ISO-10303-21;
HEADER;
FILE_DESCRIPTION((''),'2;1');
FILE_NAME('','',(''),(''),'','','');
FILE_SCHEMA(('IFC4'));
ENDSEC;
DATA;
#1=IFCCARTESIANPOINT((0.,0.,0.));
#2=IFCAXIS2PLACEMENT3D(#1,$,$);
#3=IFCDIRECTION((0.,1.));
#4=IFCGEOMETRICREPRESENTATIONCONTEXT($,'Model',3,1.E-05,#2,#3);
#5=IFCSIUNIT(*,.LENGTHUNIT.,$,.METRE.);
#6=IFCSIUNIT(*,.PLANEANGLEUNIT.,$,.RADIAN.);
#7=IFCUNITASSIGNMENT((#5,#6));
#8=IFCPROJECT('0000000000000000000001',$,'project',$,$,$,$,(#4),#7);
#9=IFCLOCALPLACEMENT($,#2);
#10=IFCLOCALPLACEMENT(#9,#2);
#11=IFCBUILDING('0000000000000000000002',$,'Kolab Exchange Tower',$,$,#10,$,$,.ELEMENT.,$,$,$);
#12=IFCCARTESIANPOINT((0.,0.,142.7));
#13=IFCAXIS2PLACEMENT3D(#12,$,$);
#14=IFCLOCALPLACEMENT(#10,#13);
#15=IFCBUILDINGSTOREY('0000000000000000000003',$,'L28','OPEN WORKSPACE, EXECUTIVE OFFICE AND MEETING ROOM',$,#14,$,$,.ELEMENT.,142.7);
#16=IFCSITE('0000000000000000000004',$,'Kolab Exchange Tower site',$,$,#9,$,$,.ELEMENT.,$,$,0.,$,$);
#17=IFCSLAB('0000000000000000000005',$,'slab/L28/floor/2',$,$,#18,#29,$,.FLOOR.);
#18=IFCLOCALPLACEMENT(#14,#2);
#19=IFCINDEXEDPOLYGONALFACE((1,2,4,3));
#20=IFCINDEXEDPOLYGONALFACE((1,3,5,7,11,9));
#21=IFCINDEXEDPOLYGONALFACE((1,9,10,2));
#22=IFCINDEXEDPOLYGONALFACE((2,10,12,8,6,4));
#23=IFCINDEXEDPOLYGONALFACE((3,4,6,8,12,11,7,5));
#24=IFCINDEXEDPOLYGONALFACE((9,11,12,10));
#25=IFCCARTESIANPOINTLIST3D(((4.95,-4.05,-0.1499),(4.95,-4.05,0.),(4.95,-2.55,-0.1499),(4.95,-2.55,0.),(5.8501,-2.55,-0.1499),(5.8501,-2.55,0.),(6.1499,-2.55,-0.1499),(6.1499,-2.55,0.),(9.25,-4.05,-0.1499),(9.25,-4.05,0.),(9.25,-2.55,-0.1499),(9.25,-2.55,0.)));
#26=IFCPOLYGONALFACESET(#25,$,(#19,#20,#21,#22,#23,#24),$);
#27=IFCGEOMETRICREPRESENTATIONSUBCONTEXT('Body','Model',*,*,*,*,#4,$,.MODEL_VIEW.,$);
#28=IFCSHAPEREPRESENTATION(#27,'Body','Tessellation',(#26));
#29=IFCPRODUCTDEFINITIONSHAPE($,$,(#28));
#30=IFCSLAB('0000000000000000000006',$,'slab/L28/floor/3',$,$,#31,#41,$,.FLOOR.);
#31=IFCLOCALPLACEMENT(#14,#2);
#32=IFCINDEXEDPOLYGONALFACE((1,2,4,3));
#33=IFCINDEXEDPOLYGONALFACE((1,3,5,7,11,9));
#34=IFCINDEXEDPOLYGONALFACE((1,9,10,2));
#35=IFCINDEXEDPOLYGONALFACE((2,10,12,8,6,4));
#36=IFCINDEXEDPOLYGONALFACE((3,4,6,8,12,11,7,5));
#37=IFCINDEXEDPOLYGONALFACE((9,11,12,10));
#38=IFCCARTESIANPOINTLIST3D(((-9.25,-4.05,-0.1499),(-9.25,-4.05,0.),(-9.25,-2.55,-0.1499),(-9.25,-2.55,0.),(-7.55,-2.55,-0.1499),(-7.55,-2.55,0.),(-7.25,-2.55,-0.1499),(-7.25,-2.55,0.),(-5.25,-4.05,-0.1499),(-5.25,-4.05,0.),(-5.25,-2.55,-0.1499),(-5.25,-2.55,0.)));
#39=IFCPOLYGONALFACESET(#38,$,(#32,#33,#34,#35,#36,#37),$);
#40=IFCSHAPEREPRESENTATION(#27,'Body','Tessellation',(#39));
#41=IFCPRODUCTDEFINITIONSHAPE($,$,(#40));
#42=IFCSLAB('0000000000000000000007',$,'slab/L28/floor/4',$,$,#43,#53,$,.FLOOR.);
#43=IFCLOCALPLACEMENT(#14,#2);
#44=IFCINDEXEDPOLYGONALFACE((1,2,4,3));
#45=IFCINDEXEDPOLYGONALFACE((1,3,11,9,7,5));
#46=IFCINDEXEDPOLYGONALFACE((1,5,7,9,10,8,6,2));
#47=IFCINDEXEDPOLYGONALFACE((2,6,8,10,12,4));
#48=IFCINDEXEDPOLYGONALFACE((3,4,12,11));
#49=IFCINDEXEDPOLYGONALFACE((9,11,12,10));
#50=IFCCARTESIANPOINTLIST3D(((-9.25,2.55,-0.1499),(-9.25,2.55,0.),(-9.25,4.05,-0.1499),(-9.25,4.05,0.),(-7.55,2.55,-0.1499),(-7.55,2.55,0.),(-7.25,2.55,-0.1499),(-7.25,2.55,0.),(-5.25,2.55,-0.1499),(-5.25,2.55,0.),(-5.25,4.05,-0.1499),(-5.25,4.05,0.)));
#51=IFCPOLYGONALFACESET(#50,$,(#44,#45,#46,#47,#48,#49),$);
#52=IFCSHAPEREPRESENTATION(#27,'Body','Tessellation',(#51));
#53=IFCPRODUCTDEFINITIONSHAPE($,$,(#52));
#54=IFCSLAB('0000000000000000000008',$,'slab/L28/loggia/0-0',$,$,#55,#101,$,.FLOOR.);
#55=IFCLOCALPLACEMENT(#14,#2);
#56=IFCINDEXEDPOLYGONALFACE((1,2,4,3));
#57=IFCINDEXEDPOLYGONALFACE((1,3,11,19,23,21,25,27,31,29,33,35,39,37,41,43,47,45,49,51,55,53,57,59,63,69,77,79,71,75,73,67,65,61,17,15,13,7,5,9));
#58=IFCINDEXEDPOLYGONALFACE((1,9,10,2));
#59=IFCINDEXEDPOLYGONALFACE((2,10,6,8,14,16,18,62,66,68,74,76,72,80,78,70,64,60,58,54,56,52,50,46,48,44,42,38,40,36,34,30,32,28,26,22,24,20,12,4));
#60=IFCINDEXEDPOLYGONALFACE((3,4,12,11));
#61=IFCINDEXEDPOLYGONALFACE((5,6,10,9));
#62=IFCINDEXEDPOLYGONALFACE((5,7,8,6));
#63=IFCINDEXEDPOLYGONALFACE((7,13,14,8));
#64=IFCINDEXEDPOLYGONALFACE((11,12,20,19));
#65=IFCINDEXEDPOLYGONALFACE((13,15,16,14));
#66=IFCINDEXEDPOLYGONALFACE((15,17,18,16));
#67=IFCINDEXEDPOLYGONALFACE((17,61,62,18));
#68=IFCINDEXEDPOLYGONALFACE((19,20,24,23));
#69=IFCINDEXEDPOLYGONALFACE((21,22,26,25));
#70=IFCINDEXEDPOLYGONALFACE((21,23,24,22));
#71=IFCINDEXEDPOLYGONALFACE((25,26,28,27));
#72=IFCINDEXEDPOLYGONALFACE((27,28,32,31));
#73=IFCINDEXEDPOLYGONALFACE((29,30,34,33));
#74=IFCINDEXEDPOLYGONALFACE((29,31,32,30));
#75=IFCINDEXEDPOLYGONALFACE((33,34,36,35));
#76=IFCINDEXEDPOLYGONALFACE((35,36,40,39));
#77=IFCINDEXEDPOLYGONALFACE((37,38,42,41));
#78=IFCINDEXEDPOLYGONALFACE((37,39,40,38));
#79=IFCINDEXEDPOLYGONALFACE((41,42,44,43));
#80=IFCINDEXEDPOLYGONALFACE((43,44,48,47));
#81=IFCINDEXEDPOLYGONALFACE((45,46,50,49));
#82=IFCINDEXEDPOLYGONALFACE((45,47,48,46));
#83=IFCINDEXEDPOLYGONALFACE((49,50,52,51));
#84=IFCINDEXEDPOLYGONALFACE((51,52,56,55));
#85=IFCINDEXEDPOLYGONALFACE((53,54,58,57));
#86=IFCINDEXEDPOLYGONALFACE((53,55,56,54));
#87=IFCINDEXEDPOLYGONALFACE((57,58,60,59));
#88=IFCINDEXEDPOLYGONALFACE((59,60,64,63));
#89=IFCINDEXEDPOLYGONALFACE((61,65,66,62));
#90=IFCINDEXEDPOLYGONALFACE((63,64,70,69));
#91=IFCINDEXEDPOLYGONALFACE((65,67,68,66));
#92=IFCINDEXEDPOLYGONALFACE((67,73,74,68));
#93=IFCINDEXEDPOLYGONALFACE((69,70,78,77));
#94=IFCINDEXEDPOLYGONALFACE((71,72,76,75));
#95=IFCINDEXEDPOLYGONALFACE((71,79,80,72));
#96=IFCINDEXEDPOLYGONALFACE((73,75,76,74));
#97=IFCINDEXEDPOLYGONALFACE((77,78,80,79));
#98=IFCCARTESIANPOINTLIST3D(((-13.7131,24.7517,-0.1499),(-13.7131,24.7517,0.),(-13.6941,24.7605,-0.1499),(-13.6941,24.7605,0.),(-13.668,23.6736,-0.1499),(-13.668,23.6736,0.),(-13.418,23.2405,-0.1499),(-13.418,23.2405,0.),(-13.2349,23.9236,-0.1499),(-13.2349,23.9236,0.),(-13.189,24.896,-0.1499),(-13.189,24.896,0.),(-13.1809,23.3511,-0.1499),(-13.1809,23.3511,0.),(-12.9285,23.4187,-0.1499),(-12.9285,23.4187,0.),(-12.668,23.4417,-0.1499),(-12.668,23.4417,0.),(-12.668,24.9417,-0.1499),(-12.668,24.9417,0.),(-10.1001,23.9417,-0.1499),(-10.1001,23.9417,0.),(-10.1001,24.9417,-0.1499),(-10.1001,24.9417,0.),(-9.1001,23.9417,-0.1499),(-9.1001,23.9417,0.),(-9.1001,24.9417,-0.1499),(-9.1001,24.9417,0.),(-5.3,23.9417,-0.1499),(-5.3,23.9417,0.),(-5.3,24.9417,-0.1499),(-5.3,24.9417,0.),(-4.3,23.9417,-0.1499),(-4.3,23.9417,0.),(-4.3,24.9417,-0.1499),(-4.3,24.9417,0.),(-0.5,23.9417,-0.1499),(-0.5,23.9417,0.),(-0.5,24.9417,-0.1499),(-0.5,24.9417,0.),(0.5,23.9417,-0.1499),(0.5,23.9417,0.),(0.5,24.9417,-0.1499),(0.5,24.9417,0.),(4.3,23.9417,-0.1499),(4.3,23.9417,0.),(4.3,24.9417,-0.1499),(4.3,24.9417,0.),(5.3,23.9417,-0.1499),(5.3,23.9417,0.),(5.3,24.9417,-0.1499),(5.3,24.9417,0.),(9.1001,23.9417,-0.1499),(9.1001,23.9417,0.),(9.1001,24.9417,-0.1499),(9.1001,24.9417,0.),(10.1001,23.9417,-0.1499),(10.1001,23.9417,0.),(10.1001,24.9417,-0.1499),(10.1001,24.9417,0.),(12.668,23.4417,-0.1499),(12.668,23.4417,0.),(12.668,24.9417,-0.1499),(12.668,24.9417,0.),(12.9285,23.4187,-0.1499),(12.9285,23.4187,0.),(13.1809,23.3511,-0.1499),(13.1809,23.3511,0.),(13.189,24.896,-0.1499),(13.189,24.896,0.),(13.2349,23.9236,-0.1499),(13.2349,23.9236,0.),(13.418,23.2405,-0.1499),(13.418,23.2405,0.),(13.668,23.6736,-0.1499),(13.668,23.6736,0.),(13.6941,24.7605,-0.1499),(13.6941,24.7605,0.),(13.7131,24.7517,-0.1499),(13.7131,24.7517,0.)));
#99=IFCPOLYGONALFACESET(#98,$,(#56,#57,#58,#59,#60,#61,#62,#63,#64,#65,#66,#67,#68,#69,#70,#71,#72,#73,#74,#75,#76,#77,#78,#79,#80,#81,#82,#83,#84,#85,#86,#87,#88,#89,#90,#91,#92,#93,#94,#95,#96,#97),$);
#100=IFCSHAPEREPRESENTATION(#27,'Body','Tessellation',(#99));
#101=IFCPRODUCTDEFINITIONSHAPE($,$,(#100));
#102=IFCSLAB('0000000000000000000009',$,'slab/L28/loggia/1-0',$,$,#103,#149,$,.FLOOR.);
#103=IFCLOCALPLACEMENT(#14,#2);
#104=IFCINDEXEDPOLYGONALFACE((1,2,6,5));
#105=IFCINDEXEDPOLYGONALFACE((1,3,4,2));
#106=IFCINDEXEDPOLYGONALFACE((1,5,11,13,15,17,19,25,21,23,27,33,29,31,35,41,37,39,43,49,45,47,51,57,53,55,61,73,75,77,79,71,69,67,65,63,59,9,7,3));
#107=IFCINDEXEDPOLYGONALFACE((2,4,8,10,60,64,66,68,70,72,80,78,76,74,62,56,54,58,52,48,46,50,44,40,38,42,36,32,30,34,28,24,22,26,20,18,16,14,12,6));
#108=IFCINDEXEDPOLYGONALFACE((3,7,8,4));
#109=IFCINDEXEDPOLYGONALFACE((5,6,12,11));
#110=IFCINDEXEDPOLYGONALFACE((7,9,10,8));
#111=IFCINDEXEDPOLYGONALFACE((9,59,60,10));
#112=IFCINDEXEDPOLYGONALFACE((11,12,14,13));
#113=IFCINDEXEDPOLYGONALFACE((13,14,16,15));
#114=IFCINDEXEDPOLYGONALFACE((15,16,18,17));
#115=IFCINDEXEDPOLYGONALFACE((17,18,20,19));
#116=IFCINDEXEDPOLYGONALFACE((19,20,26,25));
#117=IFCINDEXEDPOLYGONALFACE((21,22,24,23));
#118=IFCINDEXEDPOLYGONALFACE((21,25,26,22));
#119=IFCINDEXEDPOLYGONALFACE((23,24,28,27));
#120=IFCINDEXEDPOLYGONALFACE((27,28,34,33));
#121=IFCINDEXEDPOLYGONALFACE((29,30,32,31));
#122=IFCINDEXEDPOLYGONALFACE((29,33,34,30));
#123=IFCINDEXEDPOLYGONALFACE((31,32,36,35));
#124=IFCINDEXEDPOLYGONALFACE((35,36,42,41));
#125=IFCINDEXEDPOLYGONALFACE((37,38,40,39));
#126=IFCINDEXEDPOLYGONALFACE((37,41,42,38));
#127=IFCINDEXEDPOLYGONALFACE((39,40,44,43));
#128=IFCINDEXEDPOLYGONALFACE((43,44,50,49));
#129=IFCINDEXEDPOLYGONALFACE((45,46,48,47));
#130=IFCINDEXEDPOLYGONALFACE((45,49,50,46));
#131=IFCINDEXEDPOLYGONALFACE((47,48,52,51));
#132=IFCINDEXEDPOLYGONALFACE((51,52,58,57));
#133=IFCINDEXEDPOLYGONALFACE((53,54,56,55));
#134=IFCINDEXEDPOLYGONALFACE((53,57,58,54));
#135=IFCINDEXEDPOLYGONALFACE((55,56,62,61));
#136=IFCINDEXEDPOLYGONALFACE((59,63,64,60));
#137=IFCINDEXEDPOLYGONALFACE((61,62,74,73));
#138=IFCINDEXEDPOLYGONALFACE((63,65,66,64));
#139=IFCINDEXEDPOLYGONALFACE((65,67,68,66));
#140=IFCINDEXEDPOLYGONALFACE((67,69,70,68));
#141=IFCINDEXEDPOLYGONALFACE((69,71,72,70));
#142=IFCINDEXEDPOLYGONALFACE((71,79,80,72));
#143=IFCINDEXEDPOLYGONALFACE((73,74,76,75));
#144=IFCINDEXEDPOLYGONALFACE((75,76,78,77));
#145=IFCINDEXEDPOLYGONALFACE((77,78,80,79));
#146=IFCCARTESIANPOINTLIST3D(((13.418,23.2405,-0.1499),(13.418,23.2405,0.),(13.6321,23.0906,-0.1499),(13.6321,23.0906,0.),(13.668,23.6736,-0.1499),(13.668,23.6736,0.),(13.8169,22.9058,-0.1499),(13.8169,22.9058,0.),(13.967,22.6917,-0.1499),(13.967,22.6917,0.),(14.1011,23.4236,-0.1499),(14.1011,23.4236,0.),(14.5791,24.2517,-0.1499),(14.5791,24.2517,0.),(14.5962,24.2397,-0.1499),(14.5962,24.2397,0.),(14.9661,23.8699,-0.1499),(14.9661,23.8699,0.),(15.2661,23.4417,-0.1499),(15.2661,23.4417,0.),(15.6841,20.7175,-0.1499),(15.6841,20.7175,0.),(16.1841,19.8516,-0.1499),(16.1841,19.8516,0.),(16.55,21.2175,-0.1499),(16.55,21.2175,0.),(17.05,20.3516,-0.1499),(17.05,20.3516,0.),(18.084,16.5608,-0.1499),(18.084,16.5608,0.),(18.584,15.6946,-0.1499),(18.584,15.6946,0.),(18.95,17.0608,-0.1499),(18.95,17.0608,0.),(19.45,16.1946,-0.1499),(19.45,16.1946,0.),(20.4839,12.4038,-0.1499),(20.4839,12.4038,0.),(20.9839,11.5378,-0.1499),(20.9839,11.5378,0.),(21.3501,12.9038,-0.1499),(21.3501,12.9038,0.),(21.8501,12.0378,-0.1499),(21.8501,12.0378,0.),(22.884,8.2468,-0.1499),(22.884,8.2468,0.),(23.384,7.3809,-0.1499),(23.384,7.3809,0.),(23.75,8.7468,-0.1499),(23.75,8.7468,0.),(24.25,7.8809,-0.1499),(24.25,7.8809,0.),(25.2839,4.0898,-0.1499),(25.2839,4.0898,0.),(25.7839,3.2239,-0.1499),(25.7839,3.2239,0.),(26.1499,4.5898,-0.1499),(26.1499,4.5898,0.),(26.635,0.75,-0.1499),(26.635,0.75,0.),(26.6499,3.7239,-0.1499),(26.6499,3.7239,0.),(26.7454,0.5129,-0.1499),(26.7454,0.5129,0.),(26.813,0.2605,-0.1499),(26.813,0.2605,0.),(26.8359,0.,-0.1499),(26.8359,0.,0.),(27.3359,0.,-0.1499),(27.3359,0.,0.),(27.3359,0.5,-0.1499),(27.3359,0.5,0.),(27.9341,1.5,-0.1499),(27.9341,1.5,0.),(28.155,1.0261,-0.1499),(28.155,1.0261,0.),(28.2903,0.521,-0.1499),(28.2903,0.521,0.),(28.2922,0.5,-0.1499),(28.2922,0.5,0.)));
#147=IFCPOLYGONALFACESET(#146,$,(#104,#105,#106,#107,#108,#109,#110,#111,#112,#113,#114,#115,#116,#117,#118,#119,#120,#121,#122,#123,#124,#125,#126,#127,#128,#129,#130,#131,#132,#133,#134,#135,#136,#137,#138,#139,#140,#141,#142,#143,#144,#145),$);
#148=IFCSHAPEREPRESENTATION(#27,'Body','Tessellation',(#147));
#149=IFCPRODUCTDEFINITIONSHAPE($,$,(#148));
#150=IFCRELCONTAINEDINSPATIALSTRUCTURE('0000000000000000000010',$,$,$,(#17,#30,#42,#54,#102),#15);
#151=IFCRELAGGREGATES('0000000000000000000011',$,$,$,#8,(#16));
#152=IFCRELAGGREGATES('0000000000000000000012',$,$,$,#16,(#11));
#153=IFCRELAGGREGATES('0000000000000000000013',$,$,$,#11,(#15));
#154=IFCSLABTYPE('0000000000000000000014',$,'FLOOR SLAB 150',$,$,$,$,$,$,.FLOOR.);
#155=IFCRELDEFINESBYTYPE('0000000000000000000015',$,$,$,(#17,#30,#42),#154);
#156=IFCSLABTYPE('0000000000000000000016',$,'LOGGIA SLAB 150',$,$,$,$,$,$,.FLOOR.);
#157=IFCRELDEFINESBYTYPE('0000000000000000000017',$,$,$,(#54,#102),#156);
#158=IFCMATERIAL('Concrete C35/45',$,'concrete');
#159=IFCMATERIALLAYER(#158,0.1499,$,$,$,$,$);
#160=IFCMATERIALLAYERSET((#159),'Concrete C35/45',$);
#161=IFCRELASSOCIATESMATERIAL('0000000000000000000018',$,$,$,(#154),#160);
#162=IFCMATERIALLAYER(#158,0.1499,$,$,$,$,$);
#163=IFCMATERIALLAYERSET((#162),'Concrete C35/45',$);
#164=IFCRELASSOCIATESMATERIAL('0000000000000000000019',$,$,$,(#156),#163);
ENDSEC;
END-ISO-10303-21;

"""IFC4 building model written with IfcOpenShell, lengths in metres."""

from ifc_helpers import new_model, si_unit, direction, frame, origin, place, context, subcontext, project, spatial, polyline, outline, extrude, material, layer, layer_set, type_object, element, save


model = new_model("IFC4")

# Units and contexts
model_context = context("Model", 3, precision=1e-05, world=origin(), true_north=direction((0.0, 1.0)))
body_context = subcontext(model_context, "Body", "Model", "MODEL_VIEW")
ifc_project = project(units=[si_unit("LENGTHUNIT", "METRE"), si_unit("PLANEANGLEUNIT", "RADIAN")], contexts=[model_context])

# Site, building, storey
site_placement = place(None, origin())
site = spatial("IfcSite", under=ifc_project, at=site_placement, Name="Kolab Exchange Tower site", CompositionType="ELEMENT", RefElevation=0.0)
building_placement = place(site_placement, origin())
building = spatial("IfcBuilding", under=site, at=building_placement, Name="Kolab Exchange Tower", CompositionType="ELEMENT")
storey_placement = place(building_placement, frame((0.0, 0.0, 142.7)))
storey = spatial("IfcBuildingStorey", under=building, at=storey_placement, Name="L28", Description="OPEN WORKSPACE, EXECUTIVE OFFICE AND MEETING ROOM", CompositionType="ELEMENT", Elevation=142.7)

# Slabs
ifc_material_1 = material(Name="Concrete C35/45", Category="concrete")
ifc_layer_1 = layer(ifc_material_1, 0.1499)
ifc_layer_set_1 = layer_set([ifc_layer_1], Name="Concrete C35/45")
slab_type_1 = type_object("IfcSlabType", Name="FLOOR SLAB 150", PredefinedType="FLOOR", material=ifc_layer_set_1)
slab_1_placement = place(storey_placement, frame((0.0, 0.0, -0.1499)))
element("IfcSlab", 1, at=slab_1_placement, inside=storey, type_object=slab_type_1, Name="slab/L28/floor/2", PredefinedType="FLOOR", context=body_context, shape_type="SweptSolid", body=[
    extrude(outline(polyline([(4.95, -4.05), (9.25, -4.05), (9.25, -2.55), (6.1499, -2.55), (5.8501, -2.55), (4.95, -2.55), (4.95, -4.05)])), origin(), (0.0, 0.0, 1.0), 0.1499),
])
slab_2_placement = place(storey_placement, frame((0.0, 0.0, -0.1499)))
element("IfcSlab", 2, at=slab_2_placement, inside=storey, type_object=slab_type_1, Name="slab/L28/floor/3", PredefinedType="FLOOR", context=body_context, shape_type="SweptSolid", body=[
    extrude(outline(polyline([(-7.55, -2.55), (-9.25, -2.55), (-9.25, -4.05), (-5.25, -4.05), (-5.25, -2.55), (-7.25, -2.55), (-7.55, -2.55)])), origin(), (0.0, 0.0, 1.0), 0.1499),
])
slab_3_placement = place(storey_placement, frame((0.0, 0.0, -0.1499)))
element("IfcSlab", 3, at=slab_3_placement, inside=storey, type_object=slab_type_1, Name="slab/L28/floor/4", PredefinedType="FLOOR", context=body_context, shape_type="SweptSolid", body=[
    extrude(outline(polyline([(-9.25, 2.55), (-7.55, 2.55), (-7.25, 2.55), (-5.25, 2.55), (-5.25, 4.05), (-9.25, 4.05), (-9.25, 2.55)])), origin(), (0.0, 0.0, 1.0), 0.1499),
])
ifc_layer_2 = layer(ifc_material_1, 0.1499)
ifc_layer_set_2 = layer_set([ifc_layer_2], Name="Concrete C35/45")
slab_type_2 = type_object("IfcSlabType", Name="LOGGIA SLAB 150", PredefinedType="FLOOR", material=ifc_layer_set_2)
slab_4_placement = place(storey_placement, frame((0.0, 0.0, -0.1499)))
element("IfcSlab", 4, at=slab_4_placement, inside=storey, type_object=slab_type_2, Name="slab/L28/loggia/0-0", PredefinedType="FLOOR", context=body_context, shape_type="SweptSolid", body=[
    extrude(outline(polyline([(13.418, 23.2405), (13.668, 23.6736), (13.2349, 23.9236), (13.7131, 24.7517), (13.6941, 24.7605), (13.189, 24.896), (12.668, 24.9417), (10.1001, 24.9417), (10.1001, 23.9417), (9.1001, 23.9417), (9.1001, 24.9417), (5.3, 24.9417), (5.3, 23.9417), (4.3, 23.9417), (4.3, 24.9417), (0.5, 24.9417), (0.5, 23.9417), (-0.5, 23.9417), (-0.5, 24.9417), (-4.3, 24.9417), (-4.3, 23.9417), (-5.3, 23.9417), (-5.3, 24.9417), (-9.1001, 24.9417), (-9.1001, 23.9417), (-10.1001, 23.9417), (-10.1001, 24.9417), (-12.668, 24.9417), (-13.189, 24.896), (-13.6941, 24.7605), (-13.7131, 24.7517), (-13.2349, 23.9236), (-13.668, 23.6736), (-13.418, 23.2405), (-13.1809, 23.3511), (-12.9285, 23.4187), (-12.668, 23.4417), (12.668, 23.4417), (12.9285, 23.4187), (13.1809, 23.3511), (13.418, 23.2405)])), origin(), (0.0, 0.0, 1.0), 0.1499),
])
slab_5_placement = place(storey_placement, frame((0.0, 0.0, -0.1499)))
element("IfcSlab", 5, at=slab_5_placement, inside=storey, type_object=slab_type_2, Name="slab/L28/loggia/1-0", PredefinedType="FLOOR", context=body_context, shape_type="SweptSolid", body=[
    extrude(outline(polyline([(26.8359, 0.0), (27.3359, 0.0), (27.3359, 0.5), (28.2922, 0.5), (28.2903, 0.521), (28.155, 1.0261), (27.9341, 1.5), (26.6499, 3.7239), (25.7839, 3.2239), (25.2839, 4.0898), (26.1499, 4.5898), (24.25, 7.8809), (23.384, 7.3809), (22.884, 8.2468), (23.75, 8.7468), (21.8501, 12.0378), (20.9839, 11.5378), (20.4839, 12.4038), (21.3501, 12.9038), (19.45, 16.1946), (18.584, 15.6946), (18.084, 16.5608), (18.95, 17.0608), (17.05, 20.3516), (16.1841, 19.8516), (15.6841, 20.7175), (16.55, 21.2175), (15.2661, 23.4417), (14.9661, 23.8699), (14.5962, 24.2397), (14.5791, 24.2517), (14.1011, 23.4236), (13.668, 23.6736), (13.418, 23.2405), (13.6321, 23.0906), (13.8169, 22.9058), (13.967, 22.6917), (26.635, 0.75), (26.7454, 0.5129), (26.813, 0.2605), (26.8359, 0.0)])), origin(), (0.0, 0.0, 1.0), 0.1499),
])

save(model, "model.ifc")
